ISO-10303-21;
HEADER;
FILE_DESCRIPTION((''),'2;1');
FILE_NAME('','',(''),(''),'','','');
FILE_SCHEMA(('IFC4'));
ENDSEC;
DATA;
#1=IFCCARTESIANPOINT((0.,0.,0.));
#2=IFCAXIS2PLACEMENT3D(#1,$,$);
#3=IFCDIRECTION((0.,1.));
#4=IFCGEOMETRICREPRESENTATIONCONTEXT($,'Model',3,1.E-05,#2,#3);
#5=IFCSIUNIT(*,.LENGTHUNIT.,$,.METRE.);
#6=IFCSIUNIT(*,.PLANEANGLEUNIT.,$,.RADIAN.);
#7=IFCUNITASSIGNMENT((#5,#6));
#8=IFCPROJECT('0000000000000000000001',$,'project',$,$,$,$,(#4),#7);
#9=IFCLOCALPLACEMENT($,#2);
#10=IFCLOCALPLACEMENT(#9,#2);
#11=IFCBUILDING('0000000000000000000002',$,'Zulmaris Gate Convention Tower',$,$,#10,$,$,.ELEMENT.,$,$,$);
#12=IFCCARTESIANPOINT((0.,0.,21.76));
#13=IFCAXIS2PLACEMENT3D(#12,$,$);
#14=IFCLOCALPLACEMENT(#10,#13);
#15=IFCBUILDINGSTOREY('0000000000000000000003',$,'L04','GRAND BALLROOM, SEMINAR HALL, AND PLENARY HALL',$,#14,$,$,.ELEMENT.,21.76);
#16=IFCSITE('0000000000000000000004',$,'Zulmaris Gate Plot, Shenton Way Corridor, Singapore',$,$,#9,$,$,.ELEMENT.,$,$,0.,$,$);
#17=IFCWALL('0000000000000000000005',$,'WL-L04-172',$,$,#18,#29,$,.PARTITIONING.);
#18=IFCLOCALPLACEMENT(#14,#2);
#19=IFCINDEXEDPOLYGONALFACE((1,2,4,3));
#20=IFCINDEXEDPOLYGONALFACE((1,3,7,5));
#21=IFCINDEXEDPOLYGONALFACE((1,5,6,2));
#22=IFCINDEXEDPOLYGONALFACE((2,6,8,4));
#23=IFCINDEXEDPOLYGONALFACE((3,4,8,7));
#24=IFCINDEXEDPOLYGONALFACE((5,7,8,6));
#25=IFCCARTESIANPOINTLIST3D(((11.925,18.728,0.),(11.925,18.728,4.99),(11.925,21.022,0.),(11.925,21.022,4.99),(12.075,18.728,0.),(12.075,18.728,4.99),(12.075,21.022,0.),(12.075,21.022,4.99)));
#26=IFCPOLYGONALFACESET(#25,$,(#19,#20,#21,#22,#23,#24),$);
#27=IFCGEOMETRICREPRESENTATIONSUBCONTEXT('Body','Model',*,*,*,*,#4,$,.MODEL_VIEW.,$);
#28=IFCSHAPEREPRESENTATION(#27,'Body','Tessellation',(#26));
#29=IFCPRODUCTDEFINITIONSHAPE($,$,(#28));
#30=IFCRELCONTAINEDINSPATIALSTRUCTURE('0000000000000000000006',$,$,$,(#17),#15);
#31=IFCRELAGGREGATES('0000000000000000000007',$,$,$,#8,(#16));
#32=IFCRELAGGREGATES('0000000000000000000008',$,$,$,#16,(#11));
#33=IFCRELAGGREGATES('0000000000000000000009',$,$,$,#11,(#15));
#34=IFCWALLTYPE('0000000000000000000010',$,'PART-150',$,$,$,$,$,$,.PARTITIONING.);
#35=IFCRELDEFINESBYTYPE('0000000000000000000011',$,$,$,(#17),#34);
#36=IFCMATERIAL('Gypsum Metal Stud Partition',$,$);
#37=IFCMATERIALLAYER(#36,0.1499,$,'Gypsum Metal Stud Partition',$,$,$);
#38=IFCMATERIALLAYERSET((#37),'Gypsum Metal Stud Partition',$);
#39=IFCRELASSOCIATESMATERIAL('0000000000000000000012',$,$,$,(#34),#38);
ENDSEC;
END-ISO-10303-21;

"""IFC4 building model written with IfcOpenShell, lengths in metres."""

from ifc_helpers import new_model, si_unit, direction, frame, frame_2d, origin, place, context, subcontext, project, spatial, rectangle, extrude, material, layer, layer_set, type_object, element, save


model = new_model("IFC4")

# Units and contexts
model_context = context("Model", 3, precision=1e-05, world=origin(), true_north=direction((0.0, 1.0)))
body_context = subcontext(model_context, "Body", "Model", "MODEL_VIEW")
ifc_project = project(units=[si_unit("LENGTHUNIT", "METRE"), si_unit("PLANEANGLEUNIT", "RADIAN")], contexts=[model_context])

# Site, building, storey
site_placement = place(None, origin())
site = spatial("IfcSite", under=ifc_project, at=site_placement, Name="Zulmaris Gate Plot, Shenton Way Corridor, Singapore", CompositionType="ELEMENT", RefElevation=0.0)
building_placement = place(site_placement, origin())
building = spatial("IfcBuilding", under=site, at=building_placement, Name="Zulmaris Gate Convention Tower", CompositionType="ELEMENT")
storey_placement = place(building_placement, frame((0.0, 0.0, 21.76)))
storey = spatial("IfcBuildingStorey", under=building, at=storey_placement, Name="L04", Description="GRAND BALLROOM, SEMINAR HALL, AND PLENARY HALL", CompositionType="ELEMENT", Elevation=21.76)

# Shared definitions
ifc_material_1 = material(Name="Gypsum Metal Stud Partition")
ifc_layer = layer(ifc_material_1, 0.1499, Name="Gypsum Metal Stud Partition")
ifc_layer_set = layer_set([ifc_layer], Name="Gypsum Metal Stud Partition")
wall_type = type_object("IfcWallType", Name="PART-150", PredefinedType="PARTITIONING", material=ifc_layer_set)

# Wall
wall_1_placement = place(storey_placement, frame((12.0, 18.728, 0.0), z_axis=(0.0, 0.0, 1.0), x_axis=(0.0, 1.0, 0.0)))
element("IfcWall", 1, at=wall_1_placement, inside=storey, type_object=wall_type, Name="WL-L04-172", PredefinedType="PARTITIONING", context=body_context, shape_type="SweptSolid", body=[
    extrude(rectangle(XDim=2.2939, YDim=0.1499, at=frame_2d((1.147, 0.0))), origin(), (0.0, 0.0, 1.0), 4.99),
])

save(model, "model.ifc")
